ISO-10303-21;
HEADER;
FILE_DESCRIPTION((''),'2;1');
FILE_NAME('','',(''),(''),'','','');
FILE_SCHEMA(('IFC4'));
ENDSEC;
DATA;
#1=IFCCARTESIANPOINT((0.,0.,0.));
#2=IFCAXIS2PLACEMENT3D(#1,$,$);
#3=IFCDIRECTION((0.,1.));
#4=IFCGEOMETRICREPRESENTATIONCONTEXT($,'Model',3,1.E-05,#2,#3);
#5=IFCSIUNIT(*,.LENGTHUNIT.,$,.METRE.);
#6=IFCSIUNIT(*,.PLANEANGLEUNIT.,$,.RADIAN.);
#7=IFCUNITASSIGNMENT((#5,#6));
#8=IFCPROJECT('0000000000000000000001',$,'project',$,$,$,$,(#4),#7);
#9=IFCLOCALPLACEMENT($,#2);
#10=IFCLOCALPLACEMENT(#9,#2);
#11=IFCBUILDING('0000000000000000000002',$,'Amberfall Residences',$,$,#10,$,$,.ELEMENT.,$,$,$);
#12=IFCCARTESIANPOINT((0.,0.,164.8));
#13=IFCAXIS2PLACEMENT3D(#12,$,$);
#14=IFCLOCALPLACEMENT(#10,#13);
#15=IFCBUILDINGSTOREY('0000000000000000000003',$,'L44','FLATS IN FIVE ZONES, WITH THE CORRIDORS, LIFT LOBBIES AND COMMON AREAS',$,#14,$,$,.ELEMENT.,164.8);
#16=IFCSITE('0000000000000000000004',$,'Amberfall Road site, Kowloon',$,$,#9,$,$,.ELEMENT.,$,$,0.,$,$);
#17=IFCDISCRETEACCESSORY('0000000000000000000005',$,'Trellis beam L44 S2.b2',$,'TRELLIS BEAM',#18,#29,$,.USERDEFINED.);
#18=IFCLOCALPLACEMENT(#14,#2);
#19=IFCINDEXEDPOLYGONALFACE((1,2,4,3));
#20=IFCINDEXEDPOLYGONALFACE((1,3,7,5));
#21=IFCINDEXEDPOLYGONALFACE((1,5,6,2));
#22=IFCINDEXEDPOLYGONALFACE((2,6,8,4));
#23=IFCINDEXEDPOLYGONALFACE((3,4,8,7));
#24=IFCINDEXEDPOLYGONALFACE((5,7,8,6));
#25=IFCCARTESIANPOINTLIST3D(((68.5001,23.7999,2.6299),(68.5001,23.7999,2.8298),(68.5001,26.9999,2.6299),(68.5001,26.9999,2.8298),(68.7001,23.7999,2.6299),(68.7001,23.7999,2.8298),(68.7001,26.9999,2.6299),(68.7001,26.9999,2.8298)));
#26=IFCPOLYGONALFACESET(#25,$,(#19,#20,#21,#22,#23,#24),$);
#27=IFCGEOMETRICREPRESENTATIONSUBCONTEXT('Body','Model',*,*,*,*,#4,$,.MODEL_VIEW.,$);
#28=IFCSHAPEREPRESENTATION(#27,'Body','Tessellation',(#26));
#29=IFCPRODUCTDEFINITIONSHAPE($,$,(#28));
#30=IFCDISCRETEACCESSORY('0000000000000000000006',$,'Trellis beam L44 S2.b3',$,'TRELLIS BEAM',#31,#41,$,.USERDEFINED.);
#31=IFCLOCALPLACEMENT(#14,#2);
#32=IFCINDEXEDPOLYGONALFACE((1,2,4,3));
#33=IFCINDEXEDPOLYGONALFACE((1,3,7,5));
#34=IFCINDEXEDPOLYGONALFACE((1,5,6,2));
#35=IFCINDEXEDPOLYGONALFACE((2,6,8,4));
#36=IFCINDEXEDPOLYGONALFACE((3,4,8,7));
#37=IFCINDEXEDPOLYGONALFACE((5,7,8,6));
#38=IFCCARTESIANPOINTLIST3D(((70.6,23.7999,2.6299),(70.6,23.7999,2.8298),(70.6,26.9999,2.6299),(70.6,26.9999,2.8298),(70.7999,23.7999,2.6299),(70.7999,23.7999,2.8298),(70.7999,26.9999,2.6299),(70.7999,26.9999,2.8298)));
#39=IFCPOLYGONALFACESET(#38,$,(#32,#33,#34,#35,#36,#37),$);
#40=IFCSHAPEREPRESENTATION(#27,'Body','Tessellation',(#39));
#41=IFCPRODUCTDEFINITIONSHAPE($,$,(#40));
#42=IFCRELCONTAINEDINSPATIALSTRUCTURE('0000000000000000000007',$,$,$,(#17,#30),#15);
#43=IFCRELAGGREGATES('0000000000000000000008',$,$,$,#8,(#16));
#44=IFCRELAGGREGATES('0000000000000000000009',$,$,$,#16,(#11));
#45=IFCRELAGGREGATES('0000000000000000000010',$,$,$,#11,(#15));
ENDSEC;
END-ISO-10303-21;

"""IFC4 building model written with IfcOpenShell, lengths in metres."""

from ifc_helpers import new_model, si_unit, direction, frame, origin, origin_2d, place, context, subcontext, project, spatial, rectangle, extrude, element, save


model = new_model("IFC4")

# Units and contexts
model_context = context("Model", 3, precision=1e-05, world=origin(), true_north=direction((0.0, 1.0)))
body_context = subcontext(model_context, "Body", "Model", "MODEL_VIEW")
ifc_project = project(units=[si_unit("LENGTHUNIT", "METRE"), si_unit("PLANEANGLEUNIT", "RADIAN")], contexts=[model_context])

# Site, building, storey
site_placement = place(None, origin())
site = spatial("IfcSite", under=ifc_project, at=site_placement, Name="Amberfall Road site, Kowloon", CompositionType="ELEMENT", RefElevation=0.0)
building_placement = place(site_placement, origin())
building = spatial("IfcBuilding", under=site, at=building_placement, Name="Amberfall Residences", CompositionType="ELEMENT")
storey_placement = place(building_placement, frame((0.0, 0.0, 164.8)))
storey = spatial("IfcBuildingStorey", under=building, at=storey_placement, Name="L44", Description="FLATS IN FIVE ZONES, WITH THE CORRIDORS, LIFT LOBBIES AND COMMON AREAS", CompositionType="ELEMENT", Elevation=164.8)

# Discrete accessories
for number, where, z_axis, x_axis, name in (
    (1, (68.6001, 25.3999, 2.6299), (0.0, 0.0, 1.0), (0.0, 1.0, 0.0), "Trellis beam L44 S2.b2"),
    (2, (70.7, 25.3999, 2.6299), (0.0, 0.0, 1.0), (0.0, 1.0, 0.0), "Trellis beam L44 S2.b3"),
):
    element("IfcDiscreteAccessory", number, at=place(storey_placement, frame(where, z_axis=z_axis, x_axis=x_axis)), inside=storey, Name=name, ObjectType="TRELLIS BEAM", PredefinedType="USERDEFINED", context=body_context, shape_type="SweptSolid", body=[
        extrude(rectangle(XDim=3.2, YDim=0.2, at=origin_2d()), origin(), (0.0, 0.0, 1.0), 0.2),
    ])

save(model, "model.ifc")
